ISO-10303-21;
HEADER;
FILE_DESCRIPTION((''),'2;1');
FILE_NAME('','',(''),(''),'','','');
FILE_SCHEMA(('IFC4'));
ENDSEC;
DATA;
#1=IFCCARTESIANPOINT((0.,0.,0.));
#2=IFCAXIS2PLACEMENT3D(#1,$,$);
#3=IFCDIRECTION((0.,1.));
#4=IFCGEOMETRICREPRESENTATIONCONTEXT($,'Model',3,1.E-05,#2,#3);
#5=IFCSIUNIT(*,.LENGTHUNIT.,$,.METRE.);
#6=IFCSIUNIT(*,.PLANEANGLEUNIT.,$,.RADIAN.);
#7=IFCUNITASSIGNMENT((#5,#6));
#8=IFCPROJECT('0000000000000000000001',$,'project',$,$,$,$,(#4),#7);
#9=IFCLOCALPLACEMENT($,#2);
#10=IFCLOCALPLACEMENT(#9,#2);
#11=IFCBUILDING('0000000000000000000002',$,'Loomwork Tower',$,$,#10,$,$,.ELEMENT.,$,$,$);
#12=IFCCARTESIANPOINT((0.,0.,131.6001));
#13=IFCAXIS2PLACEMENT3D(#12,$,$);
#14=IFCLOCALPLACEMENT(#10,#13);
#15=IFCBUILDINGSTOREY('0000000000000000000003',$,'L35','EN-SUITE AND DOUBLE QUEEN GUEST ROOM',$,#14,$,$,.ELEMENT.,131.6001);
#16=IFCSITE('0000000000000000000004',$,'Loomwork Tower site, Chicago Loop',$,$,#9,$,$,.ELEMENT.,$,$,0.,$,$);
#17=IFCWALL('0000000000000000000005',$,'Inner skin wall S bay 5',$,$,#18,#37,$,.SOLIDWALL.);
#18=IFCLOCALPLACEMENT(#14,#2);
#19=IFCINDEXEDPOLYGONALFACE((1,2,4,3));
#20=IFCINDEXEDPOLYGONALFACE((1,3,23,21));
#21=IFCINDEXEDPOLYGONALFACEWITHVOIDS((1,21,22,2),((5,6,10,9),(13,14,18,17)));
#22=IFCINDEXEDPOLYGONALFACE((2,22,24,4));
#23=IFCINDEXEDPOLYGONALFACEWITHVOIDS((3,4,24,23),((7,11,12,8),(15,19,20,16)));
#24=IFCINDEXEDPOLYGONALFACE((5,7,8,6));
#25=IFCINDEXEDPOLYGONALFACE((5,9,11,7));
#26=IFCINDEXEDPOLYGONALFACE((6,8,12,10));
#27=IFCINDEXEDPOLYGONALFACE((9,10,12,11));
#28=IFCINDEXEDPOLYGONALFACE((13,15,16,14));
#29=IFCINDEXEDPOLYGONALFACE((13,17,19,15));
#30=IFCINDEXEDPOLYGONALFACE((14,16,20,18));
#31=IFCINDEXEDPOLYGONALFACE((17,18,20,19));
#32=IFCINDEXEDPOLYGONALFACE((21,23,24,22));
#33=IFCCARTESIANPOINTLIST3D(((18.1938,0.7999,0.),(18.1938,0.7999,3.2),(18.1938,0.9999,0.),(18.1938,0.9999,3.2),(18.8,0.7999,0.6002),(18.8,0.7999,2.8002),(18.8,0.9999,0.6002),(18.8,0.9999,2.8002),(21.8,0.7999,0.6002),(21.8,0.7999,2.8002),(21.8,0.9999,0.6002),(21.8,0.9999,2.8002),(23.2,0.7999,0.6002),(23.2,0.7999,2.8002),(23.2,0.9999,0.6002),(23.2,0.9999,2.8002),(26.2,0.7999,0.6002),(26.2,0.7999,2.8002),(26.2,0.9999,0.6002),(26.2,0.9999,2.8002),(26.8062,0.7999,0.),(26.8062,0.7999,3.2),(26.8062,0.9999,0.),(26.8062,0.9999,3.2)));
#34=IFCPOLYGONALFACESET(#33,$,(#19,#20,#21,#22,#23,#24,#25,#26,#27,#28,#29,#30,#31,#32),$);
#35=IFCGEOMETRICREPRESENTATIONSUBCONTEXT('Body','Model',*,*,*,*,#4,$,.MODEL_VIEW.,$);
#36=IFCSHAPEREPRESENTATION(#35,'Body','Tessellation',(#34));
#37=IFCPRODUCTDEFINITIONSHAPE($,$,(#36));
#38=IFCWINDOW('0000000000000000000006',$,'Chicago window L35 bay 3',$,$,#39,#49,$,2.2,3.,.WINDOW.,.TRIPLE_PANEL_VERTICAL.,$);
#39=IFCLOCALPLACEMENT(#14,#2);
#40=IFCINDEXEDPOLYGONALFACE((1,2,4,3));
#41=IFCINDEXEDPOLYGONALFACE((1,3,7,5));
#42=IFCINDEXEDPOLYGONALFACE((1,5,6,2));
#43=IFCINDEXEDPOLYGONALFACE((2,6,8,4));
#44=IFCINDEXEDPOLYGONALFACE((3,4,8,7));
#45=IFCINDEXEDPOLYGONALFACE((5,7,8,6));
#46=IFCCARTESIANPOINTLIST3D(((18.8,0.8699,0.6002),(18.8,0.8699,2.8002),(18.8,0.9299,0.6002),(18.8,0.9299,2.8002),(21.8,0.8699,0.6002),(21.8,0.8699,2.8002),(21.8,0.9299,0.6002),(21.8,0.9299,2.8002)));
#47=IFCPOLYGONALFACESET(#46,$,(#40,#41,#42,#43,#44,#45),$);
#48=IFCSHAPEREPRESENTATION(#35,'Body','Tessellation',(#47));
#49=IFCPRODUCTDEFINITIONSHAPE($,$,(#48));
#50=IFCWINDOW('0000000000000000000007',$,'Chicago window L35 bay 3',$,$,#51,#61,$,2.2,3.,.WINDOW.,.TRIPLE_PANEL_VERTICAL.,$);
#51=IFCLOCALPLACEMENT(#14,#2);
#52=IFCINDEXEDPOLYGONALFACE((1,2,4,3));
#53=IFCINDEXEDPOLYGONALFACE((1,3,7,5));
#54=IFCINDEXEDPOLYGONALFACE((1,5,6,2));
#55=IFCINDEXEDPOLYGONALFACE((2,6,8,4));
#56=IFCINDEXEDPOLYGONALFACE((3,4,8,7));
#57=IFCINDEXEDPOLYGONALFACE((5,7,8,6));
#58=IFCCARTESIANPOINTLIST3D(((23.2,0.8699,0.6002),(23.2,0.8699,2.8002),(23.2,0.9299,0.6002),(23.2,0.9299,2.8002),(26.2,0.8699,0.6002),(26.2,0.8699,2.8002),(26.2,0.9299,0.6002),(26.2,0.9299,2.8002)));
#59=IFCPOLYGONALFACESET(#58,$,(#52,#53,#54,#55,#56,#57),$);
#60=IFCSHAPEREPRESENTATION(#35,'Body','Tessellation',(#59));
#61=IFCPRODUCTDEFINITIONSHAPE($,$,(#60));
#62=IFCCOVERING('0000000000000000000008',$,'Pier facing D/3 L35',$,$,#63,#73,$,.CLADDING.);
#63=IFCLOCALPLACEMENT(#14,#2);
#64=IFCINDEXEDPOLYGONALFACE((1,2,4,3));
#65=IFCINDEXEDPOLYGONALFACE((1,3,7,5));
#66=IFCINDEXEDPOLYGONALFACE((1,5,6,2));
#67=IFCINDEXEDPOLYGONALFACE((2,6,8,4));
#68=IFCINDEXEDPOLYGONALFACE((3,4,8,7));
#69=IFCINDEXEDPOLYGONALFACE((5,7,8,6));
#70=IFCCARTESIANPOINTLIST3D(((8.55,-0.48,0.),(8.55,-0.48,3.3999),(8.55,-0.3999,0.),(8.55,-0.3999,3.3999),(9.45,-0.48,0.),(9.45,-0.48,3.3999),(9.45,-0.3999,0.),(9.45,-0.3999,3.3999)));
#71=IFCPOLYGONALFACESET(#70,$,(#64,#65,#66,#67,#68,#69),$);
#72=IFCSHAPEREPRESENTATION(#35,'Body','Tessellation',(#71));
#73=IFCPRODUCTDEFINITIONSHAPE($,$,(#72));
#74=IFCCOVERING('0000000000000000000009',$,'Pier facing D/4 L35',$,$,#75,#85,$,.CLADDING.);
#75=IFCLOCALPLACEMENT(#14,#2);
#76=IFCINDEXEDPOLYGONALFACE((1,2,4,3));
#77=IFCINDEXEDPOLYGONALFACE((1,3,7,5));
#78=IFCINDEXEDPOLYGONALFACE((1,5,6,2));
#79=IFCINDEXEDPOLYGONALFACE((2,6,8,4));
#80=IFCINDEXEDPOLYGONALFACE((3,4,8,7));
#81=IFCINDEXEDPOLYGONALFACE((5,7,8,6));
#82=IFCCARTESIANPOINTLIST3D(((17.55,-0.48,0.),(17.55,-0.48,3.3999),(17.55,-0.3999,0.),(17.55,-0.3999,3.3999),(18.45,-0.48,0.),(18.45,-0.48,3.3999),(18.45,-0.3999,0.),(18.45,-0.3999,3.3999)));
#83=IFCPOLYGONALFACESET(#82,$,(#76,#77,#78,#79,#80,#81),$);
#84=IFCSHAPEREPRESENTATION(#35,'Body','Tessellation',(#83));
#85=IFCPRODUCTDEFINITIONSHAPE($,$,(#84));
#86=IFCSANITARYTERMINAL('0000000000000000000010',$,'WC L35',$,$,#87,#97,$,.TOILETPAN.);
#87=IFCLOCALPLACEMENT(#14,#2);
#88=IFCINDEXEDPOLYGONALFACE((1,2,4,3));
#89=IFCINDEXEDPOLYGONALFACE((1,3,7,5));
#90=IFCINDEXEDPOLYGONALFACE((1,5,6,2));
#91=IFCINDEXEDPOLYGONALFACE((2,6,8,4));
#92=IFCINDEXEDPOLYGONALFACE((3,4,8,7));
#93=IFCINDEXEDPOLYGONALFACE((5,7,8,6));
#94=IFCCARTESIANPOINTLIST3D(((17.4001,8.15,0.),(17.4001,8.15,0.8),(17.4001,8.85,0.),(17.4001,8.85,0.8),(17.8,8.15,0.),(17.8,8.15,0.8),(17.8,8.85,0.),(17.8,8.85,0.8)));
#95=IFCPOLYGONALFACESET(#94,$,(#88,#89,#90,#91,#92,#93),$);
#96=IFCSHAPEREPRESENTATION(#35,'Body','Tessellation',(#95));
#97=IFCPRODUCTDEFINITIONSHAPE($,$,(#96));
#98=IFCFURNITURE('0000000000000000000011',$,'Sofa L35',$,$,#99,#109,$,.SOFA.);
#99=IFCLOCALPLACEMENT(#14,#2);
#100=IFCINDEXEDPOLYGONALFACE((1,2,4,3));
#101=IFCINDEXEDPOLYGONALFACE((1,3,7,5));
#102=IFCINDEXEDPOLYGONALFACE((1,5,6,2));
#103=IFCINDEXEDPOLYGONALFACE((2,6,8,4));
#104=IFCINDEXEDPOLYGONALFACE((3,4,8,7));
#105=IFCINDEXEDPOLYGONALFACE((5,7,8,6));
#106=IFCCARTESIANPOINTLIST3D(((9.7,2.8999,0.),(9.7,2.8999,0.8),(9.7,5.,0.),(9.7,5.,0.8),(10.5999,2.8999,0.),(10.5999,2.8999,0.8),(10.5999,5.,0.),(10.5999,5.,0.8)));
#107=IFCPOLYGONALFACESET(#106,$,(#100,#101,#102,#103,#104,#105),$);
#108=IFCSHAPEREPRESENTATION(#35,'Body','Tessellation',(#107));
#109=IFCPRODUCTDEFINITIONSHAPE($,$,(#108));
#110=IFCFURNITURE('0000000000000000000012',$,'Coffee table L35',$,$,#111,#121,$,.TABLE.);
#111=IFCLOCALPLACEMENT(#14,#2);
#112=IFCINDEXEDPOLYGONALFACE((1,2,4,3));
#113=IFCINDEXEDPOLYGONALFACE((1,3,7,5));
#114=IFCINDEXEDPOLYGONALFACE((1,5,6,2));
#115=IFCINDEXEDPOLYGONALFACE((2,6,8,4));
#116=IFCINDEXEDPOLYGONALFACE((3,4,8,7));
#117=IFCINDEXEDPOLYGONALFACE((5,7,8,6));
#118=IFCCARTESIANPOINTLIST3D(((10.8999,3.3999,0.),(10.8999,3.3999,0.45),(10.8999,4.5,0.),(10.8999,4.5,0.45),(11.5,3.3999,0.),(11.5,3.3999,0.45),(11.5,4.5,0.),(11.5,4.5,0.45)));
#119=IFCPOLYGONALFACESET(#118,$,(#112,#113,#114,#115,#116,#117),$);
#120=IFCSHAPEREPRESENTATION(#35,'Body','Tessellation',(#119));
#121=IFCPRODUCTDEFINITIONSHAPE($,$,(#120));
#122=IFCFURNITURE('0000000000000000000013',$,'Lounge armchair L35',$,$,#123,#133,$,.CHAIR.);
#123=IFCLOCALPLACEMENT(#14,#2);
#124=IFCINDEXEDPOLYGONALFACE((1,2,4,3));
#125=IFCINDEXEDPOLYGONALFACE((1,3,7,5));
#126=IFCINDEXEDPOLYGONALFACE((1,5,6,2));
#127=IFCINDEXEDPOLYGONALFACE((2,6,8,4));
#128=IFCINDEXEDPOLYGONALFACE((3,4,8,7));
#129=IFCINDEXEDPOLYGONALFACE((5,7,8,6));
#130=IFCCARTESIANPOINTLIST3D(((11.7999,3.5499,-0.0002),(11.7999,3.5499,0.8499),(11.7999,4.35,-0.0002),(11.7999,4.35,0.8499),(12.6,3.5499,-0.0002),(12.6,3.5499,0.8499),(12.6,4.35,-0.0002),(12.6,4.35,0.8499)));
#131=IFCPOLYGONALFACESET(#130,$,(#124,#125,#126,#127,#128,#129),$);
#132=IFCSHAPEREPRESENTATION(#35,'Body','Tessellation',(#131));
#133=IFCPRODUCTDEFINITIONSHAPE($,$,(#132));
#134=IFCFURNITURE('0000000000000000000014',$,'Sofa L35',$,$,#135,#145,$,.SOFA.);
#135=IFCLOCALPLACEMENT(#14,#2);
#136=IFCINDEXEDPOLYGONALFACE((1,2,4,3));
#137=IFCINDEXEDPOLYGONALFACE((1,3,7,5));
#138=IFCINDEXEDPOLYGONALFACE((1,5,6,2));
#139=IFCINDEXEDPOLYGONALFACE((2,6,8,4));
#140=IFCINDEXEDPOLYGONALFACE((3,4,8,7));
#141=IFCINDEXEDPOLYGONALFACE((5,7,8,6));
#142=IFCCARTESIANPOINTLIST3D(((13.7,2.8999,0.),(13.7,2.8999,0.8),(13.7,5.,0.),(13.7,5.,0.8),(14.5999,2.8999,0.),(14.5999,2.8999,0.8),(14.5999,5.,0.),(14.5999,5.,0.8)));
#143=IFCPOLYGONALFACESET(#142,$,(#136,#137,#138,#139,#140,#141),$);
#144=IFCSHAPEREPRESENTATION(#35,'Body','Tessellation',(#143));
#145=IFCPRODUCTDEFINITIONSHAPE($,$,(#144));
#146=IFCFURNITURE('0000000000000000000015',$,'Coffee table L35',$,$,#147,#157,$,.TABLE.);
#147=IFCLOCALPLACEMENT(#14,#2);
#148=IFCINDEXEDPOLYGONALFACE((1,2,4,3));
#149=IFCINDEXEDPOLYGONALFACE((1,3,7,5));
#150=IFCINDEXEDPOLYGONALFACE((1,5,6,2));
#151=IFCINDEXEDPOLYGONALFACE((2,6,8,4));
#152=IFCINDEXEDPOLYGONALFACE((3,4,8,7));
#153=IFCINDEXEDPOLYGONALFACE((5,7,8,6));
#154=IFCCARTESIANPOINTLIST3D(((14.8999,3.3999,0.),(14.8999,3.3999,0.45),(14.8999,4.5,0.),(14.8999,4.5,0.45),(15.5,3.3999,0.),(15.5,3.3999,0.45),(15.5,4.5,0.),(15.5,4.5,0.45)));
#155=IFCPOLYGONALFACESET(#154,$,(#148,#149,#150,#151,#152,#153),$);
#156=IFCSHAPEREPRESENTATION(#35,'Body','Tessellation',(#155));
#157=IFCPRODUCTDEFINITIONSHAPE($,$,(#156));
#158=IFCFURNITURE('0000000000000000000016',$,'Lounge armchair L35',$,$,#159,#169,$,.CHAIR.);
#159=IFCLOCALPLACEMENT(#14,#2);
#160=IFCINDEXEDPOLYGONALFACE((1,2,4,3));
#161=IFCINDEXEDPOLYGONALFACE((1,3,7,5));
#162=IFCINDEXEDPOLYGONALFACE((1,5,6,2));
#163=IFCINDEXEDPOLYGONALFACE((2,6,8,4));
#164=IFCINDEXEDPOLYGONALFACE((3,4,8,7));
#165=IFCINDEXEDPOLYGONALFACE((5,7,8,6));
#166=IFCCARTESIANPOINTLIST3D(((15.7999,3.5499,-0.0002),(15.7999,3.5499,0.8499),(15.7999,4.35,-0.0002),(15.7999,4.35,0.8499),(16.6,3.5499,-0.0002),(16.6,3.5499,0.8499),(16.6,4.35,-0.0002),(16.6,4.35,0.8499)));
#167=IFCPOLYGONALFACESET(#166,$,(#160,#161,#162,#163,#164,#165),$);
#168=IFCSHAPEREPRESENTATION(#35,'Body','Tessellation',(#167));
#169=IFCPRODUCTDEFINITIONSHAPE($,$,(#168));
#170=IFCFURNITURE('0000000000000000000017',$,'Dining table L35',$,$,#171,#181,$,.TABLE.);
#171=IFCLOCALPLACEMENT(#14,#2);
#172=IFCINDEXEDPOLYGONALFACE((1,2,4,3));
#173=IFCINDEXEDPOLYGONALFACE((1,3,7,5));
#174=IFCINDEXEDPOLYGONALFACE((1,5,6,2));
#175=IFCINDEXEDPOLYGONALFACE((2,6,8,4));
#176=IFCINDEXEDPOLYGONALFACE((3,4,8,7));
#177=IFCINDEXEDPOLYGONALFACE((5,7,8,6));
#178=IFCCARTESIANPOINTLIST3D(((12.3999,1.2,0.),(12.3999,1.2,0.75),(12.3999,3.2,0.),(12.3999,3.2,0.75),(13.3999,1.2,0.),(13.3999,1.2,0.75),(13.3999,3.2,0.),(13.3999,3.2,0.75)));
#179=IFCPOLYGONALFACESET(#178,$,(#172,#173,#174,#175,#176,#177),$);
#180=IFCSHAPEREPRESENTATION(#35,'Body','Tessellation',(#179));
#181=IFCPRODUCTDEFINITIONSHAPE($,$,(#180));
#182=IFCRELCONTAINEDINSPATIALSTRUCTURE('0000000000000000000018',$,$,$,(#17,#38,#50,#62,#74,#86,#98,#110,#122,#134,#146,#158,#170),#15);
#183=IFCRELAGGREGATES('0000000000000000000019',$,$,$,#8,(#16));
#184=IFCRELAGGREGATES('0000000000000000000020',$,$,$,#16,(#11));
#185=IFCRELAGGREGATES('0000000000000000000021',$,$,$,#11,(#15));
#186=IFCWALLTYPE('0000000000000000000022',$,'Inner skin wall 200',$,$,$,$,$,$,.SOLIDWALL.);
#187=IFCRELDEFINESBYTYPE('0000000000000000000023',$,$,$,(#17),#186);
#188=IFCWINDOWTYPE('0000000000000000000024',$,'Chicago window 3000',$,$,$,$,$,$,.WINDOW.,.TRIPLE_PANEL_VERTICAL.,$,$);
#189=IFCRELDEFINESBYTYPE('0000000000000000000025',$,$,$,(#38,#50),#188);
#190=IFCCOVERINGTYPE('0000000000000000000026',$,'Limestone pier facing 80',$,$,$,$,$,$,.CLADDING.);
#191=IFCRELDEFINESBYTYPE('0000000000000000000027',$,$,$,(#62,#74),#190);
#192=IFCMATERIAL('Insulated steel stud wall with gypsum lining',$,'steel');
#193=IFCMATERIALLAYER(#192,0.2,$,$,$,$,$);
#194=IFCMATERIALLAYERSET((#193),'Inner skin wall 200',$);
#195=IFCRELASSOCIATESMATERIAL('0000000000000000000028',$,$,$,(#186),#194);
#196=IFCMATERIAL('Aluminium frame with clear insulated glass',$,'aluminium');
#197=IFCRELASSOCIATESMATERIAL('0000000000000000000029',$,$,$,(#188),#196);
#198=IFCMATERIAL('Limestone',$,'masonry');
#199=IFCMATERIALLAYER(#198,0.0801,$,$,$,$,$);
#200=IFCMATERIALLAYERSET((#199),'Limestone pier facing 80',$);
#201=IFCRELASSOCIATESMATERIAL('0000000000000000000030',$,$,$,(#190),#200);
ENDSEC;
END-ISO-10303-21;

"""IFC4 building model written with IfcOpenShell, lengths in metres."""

from ifc_helpers import new_model, si_unit, direction, frame, frame_2d, origin, origin_2d, place, context, subcontext, project, spatial, rectangle, extrude, material, layer, layer_set, type_object, element, fill, save


model = new_model("IFC4")

# Units and contexts
model_context = context("Model", 3, precision=1e-05, world=origin(), true_north=direction((0.0, 1.0)))
body_context = subcontext(model_context, "Body", "Model", "MODEL_VIEW")
ifc_project = project(units=[si_unit("LENGTHUNIT", "METRE"), si_unit("PLANEANGLEUNIT", "RADIAN")], contexts=[model_context])

# Site, building, storey
site_placement = place(None, origin())
site = spatial("IfcSite", under=ifc_project, at=site_placement, Name="Loomwork Tower site, Chicago Loop", CompositionType="ELEMENT", RefElevation=0.0)
building_placement = place(site_placement, origin())
building = spatial("IfcBuilding", under=site, at=building_placement, Name="Loomwork Tower", CompositionType="ELEMENT")
storey_placement = place(building_placement, frame((0.0, 0.0, 131.6001)))
storey = spatial("IfcBuildingStorey", under=building, at=storey_placement, Name="L35", Description="EN-SUITE AND DOUBLE QUEEN GUEST ROOM", CompositionType="ELEMENT", Elevation=131.6001)

# Shared definitions
ifc_material_1 = material(Name="Insulated steel stud wall with gypsum lining", Category="steel")
ifc_layer_1 = layer(ifc_material_1, 0.2)
ifc_layer_set_1 = layer_set([ifc_layer_1], Name="Inner skin wall 200")
wall_type_1 = type_object("IfcWallType", Name="Inner skin wall 200", PredefinedType="SOLIDWALL", material=ifc_layer_set_1)

# Shared definitions
ifc_material_2 = material(Name="Aluminium frame with clear insulated glass", Category="aluminium")
window_type = type_object("IfcWindowType", Name="Chicago window 3000", PartitioningType="TRIPLE_PANEL_VERTICAL", PredefinedType="WINDOW", material=ifc_material_2)

# Wall, openings, windows
wall_1_placement = place(storey_placement, frame((18.1938, 0.8999, 0.0), z_axis=(0.0, 0.0, 1.0), x_axis=(1.0, 0.0, 0.0)))
wall_1 = element("IfcWall", 1, at=wall_1_placement, inside=storey, type_object=wall_type_1, Name="Inner skin wall S bay 5", PredefinedType="SOLIDWALL", context=body_context, shape_type="SweptSolid", body=[
    extrude(rectangle(XDim=8.6123, YDim=0.2, at=frame_2d((4.3062, 0.0))), origin(), (0.0, 0.0, 1.0), 3.2),
])
opening_1_placement = place(wall_1_placement, frame((0.6062, 0.0, 0.6001)))
opening_1 = element("IfcOpeningElement", 2, at=opening_1_placement, cuts=wall_1, PredefinedType="OPENING", context=body_context, shape_type="SweptSolid", body=[
    extrude(rectangle(XDim=3.0, YDim=2.2, at=frame_2d((1.5, 1.1001))), frame((0.0, 0.1099, 0.0), z_axis=(0.0, -1.0, 0.0), x_axis=(1.0, 0.0, 0.0)), (0.0, 0.0, 1.0), 0.22),
])
opening_2_placement = place(wall_1_placement, frame((5.0061, 0.0, 0.6001)))
opening_2 = element("IfcOpeningElement", 3, at=opening_2_placement, cuts=wall_1, PredefinedType="OPENING", context=body_context, shape_type="SweptSolid", body=[
    extrude(rectangle(XDim=3.0, YDim=2.2, at=frame_2d((1.5, 1.1001))), frame((0.0, 0.1099, 0.0), z_axis=(0.0, -1.0, 0.0), x_axis=(1.0, 0.0, 0.0)), (0.0, 0.0, 1.0), 0.22),
])
window_1_placement = place(opening_1_placement, origin())
window_1 = element("IfcWindow", 4, at=window_1_placement, inside=storey, type_object=window_type, Name="Chicago window L35 bay 3", OverallHeight=2.2, OverallWidth=3.0, PartitioningType="TRIPLE_PANEL_VERTICAL", PredefinedType="WINDOW", context=body_context, shape_type="SweptSolid", body=[
    extrude(rectangle(XDim=3.0, YDim=2.2, at=frame_2d((1.5, 1.1001))), frame((0.0, 0.03, 0.0), z_axis=(0.0, -1.0, 0.0), x_axis=(1.0, 0.0, 0.0)), (0.0, 0.0, 1.0), 0.0601),
])
fill(opening_1, window_1)
window_2_placement = place(opening_2_placement, origin())
window_2 = element("IfcWindow", 5, at=window_2_placement, inside=storey, type_object=window_type, Name="Chicago window L35 bay 3", OverallHeight=2.2, OverallWidth=3.0, PartitioningType="TRIPLE_PANEL_VERTICAL", PredefinedType="WINDOW", context=body_context, shape_type="SweptSolid", body=[
    extrude(rectangle(XDim=3.0, YDim=2.2, at=frame_2d((1.5, 1.1001))), frame((0.0, 0.03, 0.0), z_axis=(0.0, -1.0, 0.0), x_axis=(1.0, 0.0, 0.0)), (0.0, 0.0, 1.0), 0.0601),
])
fill(opening_2, window_2)

# Coverings
ifc_material_3 = material(Name="Limestone", Category="masonry")
ifc_layer_2 = layer(ifc_material_3, 0.0801)
ifc_layer_set_2 = layer_set([ifc_layer_2], Name="Limestone pier facing 80")
covering_type = type_object("IfcCoveringType", Name="Limestone pier facing 80", PredefinedType="CLADDING", material=ifc_layer_set_2)
for number, where, z_axis, x_axis, name in (
    (6, (9.0, -0.4399, 0.0), (0.0, 0.0, 1.0), (1.0, 0.0, 0.0), "Pier facing D/3 L35"),
    (7, (18.0, -0.4399, 0.0), (0.0, 0.0, 1.0), (1.0, 0.0, 0.0), "Pier facing D/4 L35"),
):
    element("IfcCovering", number, at=place(storey_placement, frame(where, z_axis=z_axis, x_axis=x_axis)), inside=storey, type_object=covering_type, Name=name, PredefinedType="CLADDING", context=body_context, shape_type="SweptSolid", body=[
        extrude(rectangle(XDim=0.8999, YDim=0.0801, at=origin_2d()), origin(), (0.0, 0.0, 1.0), 3.3999),
    ])

# Sanitary terminal
sanitary_terminal_placement = place(storey_placement, frame((17.6001, 8.5, 0.0), z_axis=(0.0, 0.0, 1.0), x_axis=(1.0, 0.0, 0.0)))
element("IfcSanitaryTerminal", 8, at=sanitary_terminal_placement, inside=storey, Name="WC L35", PredefinedType="TOILETPAN", context=body_context, shape_type="SweptSolid", body=[
    extrude(rectangle(XDim=0.3999, YDim=0.7, at=origin_2d()), origin(), (0.0, 0.0, 1.0), 0.8),
])

# Furniture
furniture_1_placement = place(storey_placement, frame((10.1499, 3.95, 0.0), z_axis=(0.0, 0.0, 1.0), x_axis=(1.0, 0.0, 0.0)))
element("IfcFurniture", 9, at=furniture_1_placement, inside=storey, Name="Sofa L35", PredefinedType="SOFA", context=body_context, shape_type="SweptSolid", body=[
    extrude(rectangle(XDim=0.8999, YDim=2.1001, at=origin_2d()), origin(), (0.0, 0.0, 1.0), 0.8),
])
furniture_2_placement = place(storey_placement, frame((11.2, 3.95, 0.0), z_axis=(0.0, 0.0, 1.0), x_axis=(1.0, 0.0, 0.0)))
element("IfcFurniture", 10, at=furniture_2_placement, inside=storey, Name="Coffee table L35", PredefinedType="TABLE", context=body_context, shape_type="SweptSolid", body=[
    extrude(rectangle(XDim=0.6001, YDim=1.1001, at=origin_2d()), origin(), (0.0, 0.0, 1.0), 0.45),
])
furniture_3_placement = place(storey_placement, frame((12.2, 3.95, -0.0002), z_axis=(0.0, 0.0, 1.0), x_axis=(1.0, 0.0, 0.0)))
element("IfcFurniture", 11, at=furniture_3_placement, inside=storey, Name="Lounge armchair L35", PredefinedType="CHAIR", context=body_context, shape_type="SweptSolid", body=[
    extrude(rectangle(XDim=0.8, YDim=0.8, at=origin_2d()), origin(), (0.0, 0.0, 1.0), 0.8501),
])
furniture_4_placement = place(storey_placement, frame((14.1499, 3.95, 0.0), z_axis=(0.0, 0.0, 1.0), x_axis=(1.0, 0.0, 0.0)))
element("IfcFurniture", 12, at=furniture_4_placement, inside=storey, Name="Sofa L35", PredefinedType="SOFA", context=body_context, shape_type="SweptSolid", body=[
    extrude(rectangle(XDim=0.8999, YDim=2.1001, at=origin_2d()), origin(), (0.0, 0.0, 1.0), 0.8),
])
furniture_5_placement = place(storey_placement, frame((15.2, 3.95, 0.0), z_axis=(0.0, 0.0, 1.0), x_axis=(1.0, 0.0, 0.0)))
element("IfcFurniture", 13, at=furniture_5_placement, inside=storey, Name="Coffee table L35", PredefinedType="TABLE", context=body_context, shape_type="SweptSolid", body=[
    extrude(rectangle(XDim=0.6001, YDim=1.1001, at=origin_2d()), origin(), (0.0, 0.0, 1.0), 0.45),
])
furniture_6_placement = place(storey_placement, frame((16.2, 3.95, -0.0002), z_axis=(0.0, 0.0, 1.0), x_axis=(1.0, 0.0, 0.0)))
element("IfcFurniture", 14, at=furniture_6_placement, inside=storey, Name="Lounge armchair L35", PredefinedType="CHAIR", context=body_context, shape_type="SweptSolid", body=[
    extrude(rectangle(XDim=0.8, YDim=0.8, at=origin_2d()), origin(), (0.0, 0.0, 1.0), 0.8501),
])
furniture_7_placement = place(storey_placement, frame((12.8999, 2.2, 0.0), z_axis=(0.0, 0.0, 1.0), x_axis=(1.0, 0.0, 0.0)))
element("IfcFurniture", 15, at=furniture_7_placement, inside=storey, Name="Dining table L35", PredefinedType="TABLE", context=body_context, shape_type="SweptSolid", body=[
    extrude(rectangle(XDim=1.0, YDim=2.0, at=origin_2d()), origin(), (0.0, 0.0, 1.0), 0.75),
])

save(model, "model.ifc")
